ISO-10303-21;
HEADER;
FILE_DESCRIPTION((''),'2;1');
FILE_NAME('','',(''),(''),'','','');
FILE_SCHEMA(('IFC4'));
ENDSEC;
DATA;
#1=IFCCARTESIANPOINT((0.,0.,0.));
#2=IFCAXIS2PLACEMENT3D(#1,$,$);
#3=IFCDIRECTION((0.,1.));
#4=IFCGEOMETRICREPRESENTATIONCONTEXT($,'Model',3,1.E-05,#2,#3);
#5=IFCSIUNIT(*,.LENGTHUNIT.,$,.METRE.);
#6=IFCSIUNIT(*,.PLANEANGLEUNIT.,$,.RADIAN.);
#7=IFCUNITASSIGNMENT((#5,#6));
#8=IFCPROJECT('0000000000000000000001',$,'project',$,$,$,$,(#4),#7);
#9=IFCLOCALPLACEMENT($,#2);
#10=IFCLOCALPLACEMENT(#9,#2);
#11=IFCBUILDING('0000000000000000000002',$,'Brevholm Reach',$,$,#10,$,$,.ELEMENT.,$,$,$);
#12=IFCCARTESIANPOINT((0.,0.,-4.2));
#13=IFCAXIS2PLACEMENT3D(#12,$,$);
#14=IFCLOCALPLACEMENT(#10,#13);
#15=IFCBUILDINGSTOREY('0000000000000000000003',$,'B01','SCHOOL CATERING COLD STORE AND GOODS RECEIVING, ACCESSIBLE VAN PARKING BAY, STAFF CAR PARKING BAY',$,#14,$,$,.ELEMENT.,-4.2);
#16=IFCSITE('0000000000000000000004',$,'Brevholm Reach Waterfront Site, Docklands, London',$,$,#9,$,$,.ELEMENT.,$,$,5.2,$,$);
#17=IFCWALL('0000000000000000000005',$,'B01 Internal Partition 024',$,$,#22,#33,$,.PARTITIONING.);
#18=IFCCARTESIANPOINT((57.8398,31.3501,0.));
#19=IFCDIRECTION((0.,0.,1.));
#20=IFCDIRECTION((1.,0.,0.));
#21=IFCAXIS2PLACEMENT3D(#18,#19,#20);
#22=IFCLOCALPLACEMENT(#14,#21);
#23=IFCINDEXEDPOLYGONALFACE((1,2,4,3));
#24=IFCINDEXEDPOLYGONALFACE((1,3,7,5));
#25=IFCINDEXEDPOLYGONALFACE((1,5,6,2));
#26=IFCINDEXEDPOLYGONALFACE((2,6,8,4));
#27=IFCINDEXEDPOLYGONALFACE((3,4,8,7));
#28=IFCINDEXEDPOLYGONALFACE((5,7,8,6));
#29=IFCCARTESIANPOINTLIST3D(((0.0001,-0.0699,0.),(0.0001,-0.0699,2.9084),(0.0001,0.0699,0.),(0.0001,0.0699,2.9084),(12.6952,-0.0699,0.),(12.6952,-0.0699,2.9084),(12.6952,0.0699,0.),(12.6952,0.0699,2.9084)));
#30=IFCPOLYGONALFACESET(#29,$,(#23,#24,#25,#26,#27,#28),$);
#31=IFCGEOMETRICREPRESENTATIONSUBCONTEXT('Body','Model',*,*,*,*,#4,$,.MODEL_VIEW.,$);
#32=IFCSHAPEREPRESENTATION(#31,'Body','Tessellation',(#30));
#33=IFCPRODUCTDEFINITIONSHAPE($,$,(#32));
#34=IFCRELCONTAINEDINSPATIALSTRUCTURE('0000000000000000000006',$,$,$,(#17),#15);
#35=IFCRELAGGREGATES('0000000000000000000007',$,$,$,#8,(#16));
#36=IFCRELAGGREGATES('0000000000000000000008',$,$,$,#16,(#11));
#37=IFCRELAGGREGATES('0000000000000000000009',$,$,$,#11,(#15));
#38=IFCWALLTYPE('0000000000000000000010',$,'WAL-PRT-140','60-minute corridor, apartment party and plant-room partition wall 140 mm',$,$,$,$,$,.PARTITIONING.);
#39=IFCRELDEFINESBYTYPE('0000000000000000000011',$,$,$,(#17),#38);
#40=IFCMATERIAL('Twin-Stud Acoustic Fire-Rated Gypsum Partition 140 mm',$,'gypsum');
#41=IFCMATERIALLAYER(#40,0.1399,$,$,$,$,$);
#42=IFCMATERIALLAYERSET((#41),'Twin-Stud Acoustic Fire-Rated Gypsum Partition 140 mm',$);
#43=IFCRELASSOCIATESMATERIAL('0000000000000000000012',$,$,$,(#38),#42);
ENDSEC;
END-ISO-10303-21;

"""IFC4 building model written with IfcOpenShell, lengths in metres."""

from ifc_helpers import new_model, si_unit, direction, frame, frame_2d, origin, place, context, subcontext, project, spatial, rectangle, extrude, material, layer, layer_set, type_object, element, save


model = new_model("IFC4")

# Units and contexts
model_context = context("Model", 3, precision=1e-05, world=origin(), true_north=direction((0.0, 1.0)))
body_context = subcontext(model_context, "Body", "Model", "MODEL_VIEW")
ifc_project = project(units=[si_unit("LENGTHUNIT", "METRE"), si_unit("PLANEANGLEUNIT", "RADIAN")], contexts=[model_context])

# Site, building, storey
site_placement = place(None, origin())
site = spatial("IfcSite", under=ifc_project, at=site_placement, Name="Brevholm Reach Waterfront Site, Docklands, London", CompositionType="ELEMENT", RefElevation=5.2)
building_placement = place(site_placement, origin())
building = spatial("IfcBuilding", under=site, at=building_placement, Name="Brevholm Reach", CompositionType="ELEMENT")
storey_placement = place(building_placement, frame((0.0, 0.0, -4.2)))
storey = spatial("IfcBuildingStorey", under=building, at=storey_placement, Name="B01", Description="SCHOOL CATERING COLD STORE AND GOODS RECEIVING, ACCESSIBLE VAN PARKING BAY, STAFF CAR PARKING BAY", CompositionType="ELEMENT", Elevation=-4.2)

# Wall
ifc_material_1 = material(Name="Twin-Stud Acoustic Fire-Rated Gypsum Partition 140 mm", Category="gypsum")
ifc_layer_1 = layer(ifc_material_1, 0.1399)
ifc_layer_set_1 = layer_set([ifc_layer_1], Name="Twin-Stud Acoustic Fire-Rated Gypsum Partition 140 mm")
wall_type_1 = type_object("IfcWallType", Name="WAL-PRT-140", Description="60-minute corridor, apartment party and plant-room partition wall 140 mm", PredefinedType="PARTITIONING", material=ifc_layer_set_1)
wall_1_placement = place(storey_placement, frame((57.8398, 31.3501, 0.0), z_axis=(0.0, 0.0, 1.0), x_axis=(1.0, 0.0, 0.0)))
element("IfcWall", 1, at=wall_1_placement, inside=storey, type_object=wall_type_1, Name="B01 Internal Partition 024", PredefinedType="PARTITIONING", context=body_context, shape_type="SweptSolid", body=[
    extrude(rectangle(XDim=12.6951, YDim=0.1399, at=frame_2d((6.3477, 0.0))), origin(), (0.0, 0.0, 1.0), 2.9084),
])

save(model, "model.ifc")
